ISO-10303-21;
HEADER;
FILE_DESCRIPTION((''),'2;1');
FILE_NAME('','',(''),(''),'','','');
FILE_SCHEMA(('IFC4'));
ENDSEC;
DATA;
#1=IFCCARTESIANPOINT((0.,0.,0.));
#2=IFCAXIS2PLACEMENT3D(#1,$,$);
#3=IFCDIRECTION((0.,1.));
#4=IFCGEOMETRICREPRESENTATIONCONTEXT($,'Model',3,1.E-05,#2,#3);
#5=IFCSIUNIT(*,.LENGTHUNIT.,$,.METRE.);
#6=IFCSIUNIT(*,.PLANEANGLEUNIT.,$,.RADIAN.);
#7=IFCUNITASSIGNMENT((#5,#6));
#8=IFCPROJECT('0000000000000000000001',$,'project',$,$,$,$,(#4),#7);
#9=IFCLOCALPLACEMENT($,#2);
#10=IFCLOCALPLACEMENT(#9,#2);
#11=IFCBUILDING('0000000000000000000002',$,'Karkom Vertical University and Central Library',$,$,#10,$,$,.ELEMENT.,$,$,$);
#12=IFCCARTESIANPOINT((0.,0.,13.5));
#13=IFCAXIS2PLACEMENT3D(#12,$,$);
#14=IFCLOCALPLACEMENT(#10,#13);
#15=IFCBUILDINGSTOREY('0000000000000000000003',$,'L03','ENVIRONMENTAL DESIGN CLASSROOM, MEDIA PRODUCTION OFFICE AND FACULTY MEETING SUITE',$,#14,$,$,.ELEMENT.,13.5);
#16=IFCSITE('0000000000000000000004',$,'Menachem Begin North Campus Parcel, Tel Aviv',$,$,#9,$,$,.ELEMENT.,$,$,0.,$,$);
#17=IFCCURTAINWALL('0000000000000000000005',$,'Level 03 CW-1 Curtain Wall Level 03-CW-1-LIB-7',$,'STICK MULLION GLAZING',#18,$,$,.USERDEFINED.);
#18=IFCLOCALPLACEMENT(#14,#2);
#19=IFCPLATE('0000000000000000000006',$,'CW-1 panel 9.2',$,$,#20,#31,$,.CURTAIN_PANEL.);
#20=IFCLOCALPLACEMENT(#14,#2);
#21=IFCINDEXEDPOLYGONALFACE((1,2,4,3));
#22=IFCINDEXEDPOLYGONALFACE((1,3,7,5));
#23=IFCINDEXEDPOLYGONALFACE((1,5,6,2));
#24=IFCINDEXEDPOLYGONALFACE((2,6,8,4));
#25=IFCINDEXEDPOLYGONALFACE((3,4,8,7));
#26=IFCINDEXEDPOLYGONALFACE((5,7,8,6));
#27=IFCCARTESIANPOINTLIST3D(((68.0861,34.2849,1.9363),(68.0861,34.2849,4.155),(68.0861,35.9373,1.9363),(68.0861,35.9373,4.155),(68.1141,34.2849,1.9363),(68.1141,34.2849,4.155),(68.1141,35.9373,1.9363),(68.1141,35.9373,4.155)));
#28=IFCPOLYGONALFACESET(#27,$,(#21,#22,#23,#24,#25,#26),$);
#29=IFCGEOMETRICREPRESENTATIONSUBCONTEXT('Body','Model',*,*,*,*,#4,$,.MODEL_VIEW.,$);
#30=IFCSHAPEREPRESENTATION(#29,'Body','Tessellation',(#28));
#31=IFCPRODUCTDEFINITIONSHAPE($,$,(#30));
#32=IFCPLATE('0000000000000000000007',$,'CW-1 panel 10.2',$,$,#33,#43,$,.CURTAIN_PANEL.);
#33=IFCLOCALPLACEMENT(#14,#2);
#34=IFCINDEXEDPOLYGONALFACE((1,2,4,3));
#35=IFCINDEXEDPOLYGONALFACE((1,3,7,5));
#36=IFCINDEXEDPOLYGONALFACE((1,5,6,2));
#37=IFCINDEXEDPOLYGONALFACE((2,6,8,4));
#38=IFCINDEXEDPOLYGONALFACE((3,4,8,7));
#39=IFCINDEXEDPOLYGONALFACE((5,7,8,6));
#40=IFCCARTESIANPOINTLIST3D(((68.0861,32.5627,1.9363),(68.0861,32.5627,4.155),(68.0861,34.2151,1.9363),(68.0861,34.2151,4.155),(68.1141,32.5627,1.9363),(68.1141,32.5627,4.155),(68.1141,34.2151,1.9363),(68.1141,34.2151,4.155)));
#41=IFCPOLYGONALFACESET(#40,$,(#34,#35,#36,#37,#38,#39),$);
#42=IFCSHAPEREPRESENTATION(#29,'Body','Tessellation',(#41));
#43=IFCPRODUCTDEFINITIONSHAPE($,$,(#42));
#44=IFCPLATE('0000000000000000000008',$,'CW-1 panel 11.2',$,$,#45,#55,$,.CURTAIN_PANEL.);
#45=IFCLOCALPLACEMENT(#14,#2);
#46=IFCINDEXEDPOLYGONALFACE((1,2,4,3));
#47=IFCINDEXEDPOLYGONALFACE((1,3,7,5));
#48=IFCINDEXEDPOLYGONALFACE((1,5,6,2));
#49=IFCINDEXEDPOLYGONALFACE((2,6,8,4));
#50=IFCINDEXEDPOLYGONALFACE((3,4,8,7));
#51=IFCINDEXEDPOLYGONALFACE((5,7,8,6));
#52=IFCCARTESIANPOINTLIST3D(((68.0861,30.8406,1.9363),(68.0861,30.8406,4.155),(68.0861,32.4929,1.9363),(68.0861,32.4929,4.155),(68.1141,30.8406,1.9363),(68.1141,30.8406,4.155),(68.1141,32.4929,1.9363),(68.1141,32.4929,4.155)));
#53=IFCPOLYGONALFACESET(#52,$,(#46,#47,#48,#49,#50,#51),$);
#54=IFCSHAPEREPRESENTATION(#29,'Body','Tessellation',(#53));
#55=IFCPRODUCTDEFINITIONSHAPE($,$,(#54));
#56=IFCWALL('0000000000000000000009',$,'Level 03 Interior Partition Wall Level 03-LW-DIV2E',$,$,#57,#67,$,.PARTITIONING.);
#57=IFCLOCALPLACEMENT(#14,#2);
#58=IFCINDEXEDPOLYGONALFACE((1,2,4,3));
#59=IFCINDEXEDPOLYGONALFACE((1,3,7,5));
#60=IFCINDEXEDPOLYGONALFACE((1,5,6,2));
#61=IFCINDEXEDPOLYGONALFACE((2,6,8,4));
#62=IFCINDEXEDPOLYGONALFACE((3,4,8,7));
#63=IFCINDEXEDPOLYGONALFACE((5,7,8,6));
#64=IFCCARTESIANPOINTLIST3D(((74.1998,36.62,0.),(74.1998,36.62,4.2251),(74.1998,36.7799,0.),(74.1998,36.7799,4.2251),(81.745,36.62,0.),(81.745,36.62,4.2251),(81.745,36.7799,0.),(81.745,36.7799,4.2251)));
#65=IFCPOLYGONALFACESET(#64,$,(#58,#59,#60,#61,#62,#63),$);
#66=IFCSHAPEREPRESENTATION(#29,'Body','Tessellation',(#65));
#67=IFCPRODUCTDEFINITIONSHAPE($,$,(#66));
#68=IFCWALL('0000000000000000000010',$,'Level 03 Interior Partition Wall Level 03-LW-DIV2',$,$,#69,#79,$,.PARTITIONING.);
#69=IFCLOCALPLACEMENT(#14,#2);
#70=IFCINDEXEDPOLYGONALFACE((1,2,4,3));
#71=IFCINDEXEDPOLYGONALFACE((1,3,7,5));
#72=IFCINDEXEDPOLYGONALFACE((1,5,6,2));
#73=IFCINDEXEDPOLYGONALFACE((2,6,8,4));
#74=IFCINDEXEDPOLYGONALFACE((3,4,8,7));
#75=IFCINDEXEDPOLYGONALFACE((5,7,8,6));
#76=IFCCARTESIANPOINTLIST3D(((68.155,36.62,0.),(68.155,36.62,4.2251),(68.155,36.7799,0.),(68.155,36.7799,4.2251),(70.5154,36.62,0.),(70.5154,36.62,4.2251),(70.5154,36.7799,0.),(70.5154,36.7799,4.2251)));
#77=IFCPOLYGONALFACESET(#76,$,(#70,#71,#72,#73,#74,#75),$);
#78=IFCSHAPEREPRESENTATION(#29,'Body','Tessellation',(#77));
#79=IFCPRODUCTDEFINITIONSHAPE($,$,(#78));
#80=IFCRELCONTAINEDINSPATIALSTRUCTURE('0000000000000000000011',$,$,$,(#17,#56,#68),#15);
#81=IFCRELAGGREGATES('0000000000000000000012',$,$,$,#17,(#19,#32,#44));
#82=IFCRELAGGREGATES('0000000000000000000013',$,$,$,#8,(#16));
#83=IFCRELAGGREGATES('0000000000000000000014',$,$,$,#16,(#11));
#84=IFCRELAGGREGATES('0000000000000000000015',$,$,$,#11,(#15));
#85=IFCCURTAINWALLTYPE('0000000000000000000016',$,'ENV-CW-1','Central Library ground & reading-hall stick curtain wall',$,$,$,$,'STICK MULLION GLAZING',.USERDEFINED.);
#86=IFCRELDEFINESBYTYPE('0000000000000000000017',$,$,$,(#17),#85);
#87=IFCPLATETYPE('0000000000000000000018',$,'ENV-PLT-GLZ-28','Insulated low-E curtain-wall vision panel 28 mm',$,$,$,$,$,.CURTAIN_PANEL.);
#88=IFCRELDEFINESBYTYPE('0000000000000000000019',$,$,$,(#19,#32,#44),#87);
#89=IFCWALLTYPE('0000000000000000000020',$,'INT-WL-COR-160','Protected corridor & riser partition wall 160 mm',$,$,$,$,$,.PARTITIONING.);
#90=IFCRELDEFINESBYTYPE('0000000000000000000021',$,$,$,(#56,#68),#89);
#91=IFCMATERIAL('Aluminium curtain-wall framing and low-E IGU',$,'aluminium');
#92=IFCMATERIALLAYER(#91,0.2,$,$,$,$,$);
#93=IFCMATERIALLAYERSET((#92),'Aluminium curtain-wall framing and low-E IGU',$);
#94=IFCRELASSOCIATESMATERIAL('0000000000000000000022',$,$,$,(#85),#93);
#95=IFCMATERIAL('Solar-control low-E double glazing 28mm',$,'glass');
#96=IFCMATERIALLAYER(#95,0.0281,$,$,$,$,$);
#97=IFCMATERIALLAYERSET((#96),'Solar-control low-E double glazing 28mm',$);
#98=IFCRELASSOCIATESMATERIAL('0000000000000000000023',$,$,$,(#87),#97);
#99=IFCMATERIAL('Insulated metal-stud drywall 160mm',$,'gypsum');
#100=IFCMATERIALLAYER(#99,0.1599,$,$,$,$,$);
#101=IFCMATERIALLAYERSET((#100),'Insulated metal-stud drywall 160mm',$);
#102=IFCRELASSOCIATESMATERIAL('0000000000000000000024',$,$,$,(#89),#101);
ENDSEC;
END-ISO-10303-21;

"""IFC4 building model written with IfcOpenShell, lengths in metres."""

from ifc_helpers import new_model, si_unit, direction, frame, frame_2d, origin, origin_with_axes, origin_2d, place, context, subcontext, project, spatial, rectangle, extrude, source, transform, mapped, material, layer, layer_set, type_object, element, aggregate, save


model = new_model("IFC4")

# Units and contexts
model_context = context("Model", 3, precision=1e-05, world=origin(), true_north=direction((0.0, 1.0)))
body_context = subcontext(model_context, "Body", "Model", "MODEL_VIEW")
ifc_project = project(units=[si_unit("LENGTHUNIT", "METRE"), si_unit("PLANEANGLEUNIT", "RADIAN")], contexts=[model_context])

# Site, building, storey
site_placement = place(None, origin())
site = spatial("IfcSite", under=ifc_project, at=site_placement, Name="Menachem Begin North Campus Parcel, Tel Aviv", CompositionType="ELEMENT", RefElevation=0.0)
building_placement = place(site_placement, origin())
building = spatial("IfcBuilding", under=site, at=building_placement, Name="Karkom Vertical University and Central Library", CompositionType="ELEMENT")
storey_placement = place(building_placement, frame((0.0, 0.0, 13.5)))
storey = spatial("IfcBuildingStorey", under=building, at=storey_placement, Name="L03", Description="ENVIRONMENTAL DESIGN CLASSROOM, MEDIA PRODUCTION OFFICE AND FACULTY MEETING SUITE", CompositionType="ELEMENT", Elevation=13.5)

# Curtain wall, plates
ifc_material_1 = material(Name="Aluminium curtain-wall framing and low-E IGU", Category="aluminium")
ifc_layer_1 = layer(ifc_material_1, 0.2)
ifc_layer_set_1 = layer_set([ifc_layer_1], Name="Aluminium curtain-wall framing and low-E IGU")
curtain_wall_type = type_object("IfcCurtainWallType", Name="ENV-CW-1", Description="Central Library ground & reading-hall stick curtain wall", ElementType="STICK MULLION GLAZING", PredefinedType="USERDEFINED", material=ifc_layer_set_1)
curtain_wall_placement = place(storey_placement, origin())
curtain_wall = element("IfcCurtainWall", 1, at=curtain_wall_placement, inside=storey, type_object=curtain_wall_type, Name="Level 03 CW-1 Curtain Wall Level 03-CW-1-LIB-7", ObjectType="STICK MULLION GLAZING", PredefinedType="USERDEFINED")
ifc_material_2 = material(Name="Solar-control low-E double glazing 28mm", Category="glass")
ifc_layer_2 = layer(ifc_material_2, 0.0281)
ifc_layer_set_2 = layer_set([ifc_layer_2], Name="Solar-control low-E double glazing 28mm")
plate_type = type_object("IfcPlateType", Name="ENV-PLT-GLZ-28", Description="Insulated low-E curtain-wall vision panel 28 mm", PredefinedType="CURTAIN_PANEL", material=ifc_layer_set_2)
shared_shape_1 = source(origin_with_axes(), body_context, "Body", "SweptSolid", [
    extrude(rectangle(XDim=1.6523, YDim=0.0281, at=origin_2d()), origin(), (0.0, 0.0, 1.0), 2.2188),
])
plate_1_placement = place(storey_placement, frame((68.1001, 35.1111, 1.9363), z_axis=(0.0, 0.0, 1.0), x_axis=(0.0, -1.0, 0.0)))
plate_1 = element("IfcPlate", 2, at=plate_1_placement, type_object=plate_type, Name="CW-1 panel 9.2", PredefinedType="CURTAIN_PANEL", context=body_context, shape_type="MappedRepresentation", body=[
    mapped(shared_shape_1, transform((0.0, 0.0, 0.0), scale=1.0)),
])
plate_2_placement = place(storey_placement, frame((68.1001, 33.3889, 1.9363), z_axis=(0.0, 0.0, 1.0), x_axis=(0.0, -1.0, 0.0)))
plate_2 = element("IfcPlate", 3, at=plate_2_placement, type_object=plate_type, Name="CW-1 panel 10.2", PredefinedType="CURTAIN_PANEL", context=body_context, shape_type="MappedRepresentation", body=[
    mapped(shared_shape_1, transform((0.0, 0.0, 0.0), scale=1.0)),
])
plate_3_placement = place(storey_placement, frame((68.1001, 31.6667, 1.9363), z_axis=(0.0, 0.0, 1.0), x_axis=(0.0, -1.0, 0.0)))
plate_3 = element("IfcPlate", 4, at=plate_3_placement, type_object=plate_type, Name="CW-1 panel 11.2", PredefinedType="CURTAIN_PANEL", context=body_context, shape_type="MappedRepresentation", body=[
    mapped(shared_shape_1, transform((0.0, 0.0, 0.0), scale=1.0)),
])
aggregate(curtain_wall, [plate_1, plate_2, plate_3])

# Walls
ifc_material_3 = material(Name="Insulated metal-stud drywall 160mm", Category="gypsum")
ifc_layer_3 = layer(ifc_material_3, 0.1599)
ifc_layer_set_3 = layer_set([ifc_layer_3], Name="Insulated metal-stud drywall 160mm")
wall_type = type_object("IfcWallType", Name="INT-WL-COR-160", Description="Protected corridor & riser partition wall 160 mm", PredefinedType="PARTITIONING", material=ifc_layer_set_3)
wall_1_placement = place(storey_placement, frame((74.2, 36.7, 0.0), z_axis=(0.0, 0.0, 1.0), x_axis=(1.0, 0.0, 0.0)))
element("IfcWall", 5, at=wall_1_placement, inside=storey, type_object=wall_type, Name="Level 03 Interior Partition Wall Level 03-LW-DIV2E", PredefinedType="PARTITIONING", context=body_context, shape_type="SweptSolid", body=[
    extrude(rectangle(XDim=7.5452, YDim=0.1599, at=frame_2d((3.7725, 0.0))), origin(), (0.0, 0.0, 1.0), 4.2251),
])
wall_2_placement = place(storey_placement, frame((68.155, 36.7, 0.0), z_axis=(0.0, 0.0, 1.0), x_axis=(1.0, 0.0, 0.0)))
element("IfcWall", 6, at=wall_2_placement, inside=storey, type_object=wall_type, Name="Level 03 Interior Partition Wall Level 03-LW-DIV2", PredefinedType="PARTITIONING", context=body_context, shape_type="SweptSolid", body=[
    extrude(rectangle(XDim=2.3604, YDim=0.1599, at=frame_2d((1.1802, 0.0))), origin(), (0.0, 0.0, 1.0), 4.2251),
])

save(model, "model.ifc")
